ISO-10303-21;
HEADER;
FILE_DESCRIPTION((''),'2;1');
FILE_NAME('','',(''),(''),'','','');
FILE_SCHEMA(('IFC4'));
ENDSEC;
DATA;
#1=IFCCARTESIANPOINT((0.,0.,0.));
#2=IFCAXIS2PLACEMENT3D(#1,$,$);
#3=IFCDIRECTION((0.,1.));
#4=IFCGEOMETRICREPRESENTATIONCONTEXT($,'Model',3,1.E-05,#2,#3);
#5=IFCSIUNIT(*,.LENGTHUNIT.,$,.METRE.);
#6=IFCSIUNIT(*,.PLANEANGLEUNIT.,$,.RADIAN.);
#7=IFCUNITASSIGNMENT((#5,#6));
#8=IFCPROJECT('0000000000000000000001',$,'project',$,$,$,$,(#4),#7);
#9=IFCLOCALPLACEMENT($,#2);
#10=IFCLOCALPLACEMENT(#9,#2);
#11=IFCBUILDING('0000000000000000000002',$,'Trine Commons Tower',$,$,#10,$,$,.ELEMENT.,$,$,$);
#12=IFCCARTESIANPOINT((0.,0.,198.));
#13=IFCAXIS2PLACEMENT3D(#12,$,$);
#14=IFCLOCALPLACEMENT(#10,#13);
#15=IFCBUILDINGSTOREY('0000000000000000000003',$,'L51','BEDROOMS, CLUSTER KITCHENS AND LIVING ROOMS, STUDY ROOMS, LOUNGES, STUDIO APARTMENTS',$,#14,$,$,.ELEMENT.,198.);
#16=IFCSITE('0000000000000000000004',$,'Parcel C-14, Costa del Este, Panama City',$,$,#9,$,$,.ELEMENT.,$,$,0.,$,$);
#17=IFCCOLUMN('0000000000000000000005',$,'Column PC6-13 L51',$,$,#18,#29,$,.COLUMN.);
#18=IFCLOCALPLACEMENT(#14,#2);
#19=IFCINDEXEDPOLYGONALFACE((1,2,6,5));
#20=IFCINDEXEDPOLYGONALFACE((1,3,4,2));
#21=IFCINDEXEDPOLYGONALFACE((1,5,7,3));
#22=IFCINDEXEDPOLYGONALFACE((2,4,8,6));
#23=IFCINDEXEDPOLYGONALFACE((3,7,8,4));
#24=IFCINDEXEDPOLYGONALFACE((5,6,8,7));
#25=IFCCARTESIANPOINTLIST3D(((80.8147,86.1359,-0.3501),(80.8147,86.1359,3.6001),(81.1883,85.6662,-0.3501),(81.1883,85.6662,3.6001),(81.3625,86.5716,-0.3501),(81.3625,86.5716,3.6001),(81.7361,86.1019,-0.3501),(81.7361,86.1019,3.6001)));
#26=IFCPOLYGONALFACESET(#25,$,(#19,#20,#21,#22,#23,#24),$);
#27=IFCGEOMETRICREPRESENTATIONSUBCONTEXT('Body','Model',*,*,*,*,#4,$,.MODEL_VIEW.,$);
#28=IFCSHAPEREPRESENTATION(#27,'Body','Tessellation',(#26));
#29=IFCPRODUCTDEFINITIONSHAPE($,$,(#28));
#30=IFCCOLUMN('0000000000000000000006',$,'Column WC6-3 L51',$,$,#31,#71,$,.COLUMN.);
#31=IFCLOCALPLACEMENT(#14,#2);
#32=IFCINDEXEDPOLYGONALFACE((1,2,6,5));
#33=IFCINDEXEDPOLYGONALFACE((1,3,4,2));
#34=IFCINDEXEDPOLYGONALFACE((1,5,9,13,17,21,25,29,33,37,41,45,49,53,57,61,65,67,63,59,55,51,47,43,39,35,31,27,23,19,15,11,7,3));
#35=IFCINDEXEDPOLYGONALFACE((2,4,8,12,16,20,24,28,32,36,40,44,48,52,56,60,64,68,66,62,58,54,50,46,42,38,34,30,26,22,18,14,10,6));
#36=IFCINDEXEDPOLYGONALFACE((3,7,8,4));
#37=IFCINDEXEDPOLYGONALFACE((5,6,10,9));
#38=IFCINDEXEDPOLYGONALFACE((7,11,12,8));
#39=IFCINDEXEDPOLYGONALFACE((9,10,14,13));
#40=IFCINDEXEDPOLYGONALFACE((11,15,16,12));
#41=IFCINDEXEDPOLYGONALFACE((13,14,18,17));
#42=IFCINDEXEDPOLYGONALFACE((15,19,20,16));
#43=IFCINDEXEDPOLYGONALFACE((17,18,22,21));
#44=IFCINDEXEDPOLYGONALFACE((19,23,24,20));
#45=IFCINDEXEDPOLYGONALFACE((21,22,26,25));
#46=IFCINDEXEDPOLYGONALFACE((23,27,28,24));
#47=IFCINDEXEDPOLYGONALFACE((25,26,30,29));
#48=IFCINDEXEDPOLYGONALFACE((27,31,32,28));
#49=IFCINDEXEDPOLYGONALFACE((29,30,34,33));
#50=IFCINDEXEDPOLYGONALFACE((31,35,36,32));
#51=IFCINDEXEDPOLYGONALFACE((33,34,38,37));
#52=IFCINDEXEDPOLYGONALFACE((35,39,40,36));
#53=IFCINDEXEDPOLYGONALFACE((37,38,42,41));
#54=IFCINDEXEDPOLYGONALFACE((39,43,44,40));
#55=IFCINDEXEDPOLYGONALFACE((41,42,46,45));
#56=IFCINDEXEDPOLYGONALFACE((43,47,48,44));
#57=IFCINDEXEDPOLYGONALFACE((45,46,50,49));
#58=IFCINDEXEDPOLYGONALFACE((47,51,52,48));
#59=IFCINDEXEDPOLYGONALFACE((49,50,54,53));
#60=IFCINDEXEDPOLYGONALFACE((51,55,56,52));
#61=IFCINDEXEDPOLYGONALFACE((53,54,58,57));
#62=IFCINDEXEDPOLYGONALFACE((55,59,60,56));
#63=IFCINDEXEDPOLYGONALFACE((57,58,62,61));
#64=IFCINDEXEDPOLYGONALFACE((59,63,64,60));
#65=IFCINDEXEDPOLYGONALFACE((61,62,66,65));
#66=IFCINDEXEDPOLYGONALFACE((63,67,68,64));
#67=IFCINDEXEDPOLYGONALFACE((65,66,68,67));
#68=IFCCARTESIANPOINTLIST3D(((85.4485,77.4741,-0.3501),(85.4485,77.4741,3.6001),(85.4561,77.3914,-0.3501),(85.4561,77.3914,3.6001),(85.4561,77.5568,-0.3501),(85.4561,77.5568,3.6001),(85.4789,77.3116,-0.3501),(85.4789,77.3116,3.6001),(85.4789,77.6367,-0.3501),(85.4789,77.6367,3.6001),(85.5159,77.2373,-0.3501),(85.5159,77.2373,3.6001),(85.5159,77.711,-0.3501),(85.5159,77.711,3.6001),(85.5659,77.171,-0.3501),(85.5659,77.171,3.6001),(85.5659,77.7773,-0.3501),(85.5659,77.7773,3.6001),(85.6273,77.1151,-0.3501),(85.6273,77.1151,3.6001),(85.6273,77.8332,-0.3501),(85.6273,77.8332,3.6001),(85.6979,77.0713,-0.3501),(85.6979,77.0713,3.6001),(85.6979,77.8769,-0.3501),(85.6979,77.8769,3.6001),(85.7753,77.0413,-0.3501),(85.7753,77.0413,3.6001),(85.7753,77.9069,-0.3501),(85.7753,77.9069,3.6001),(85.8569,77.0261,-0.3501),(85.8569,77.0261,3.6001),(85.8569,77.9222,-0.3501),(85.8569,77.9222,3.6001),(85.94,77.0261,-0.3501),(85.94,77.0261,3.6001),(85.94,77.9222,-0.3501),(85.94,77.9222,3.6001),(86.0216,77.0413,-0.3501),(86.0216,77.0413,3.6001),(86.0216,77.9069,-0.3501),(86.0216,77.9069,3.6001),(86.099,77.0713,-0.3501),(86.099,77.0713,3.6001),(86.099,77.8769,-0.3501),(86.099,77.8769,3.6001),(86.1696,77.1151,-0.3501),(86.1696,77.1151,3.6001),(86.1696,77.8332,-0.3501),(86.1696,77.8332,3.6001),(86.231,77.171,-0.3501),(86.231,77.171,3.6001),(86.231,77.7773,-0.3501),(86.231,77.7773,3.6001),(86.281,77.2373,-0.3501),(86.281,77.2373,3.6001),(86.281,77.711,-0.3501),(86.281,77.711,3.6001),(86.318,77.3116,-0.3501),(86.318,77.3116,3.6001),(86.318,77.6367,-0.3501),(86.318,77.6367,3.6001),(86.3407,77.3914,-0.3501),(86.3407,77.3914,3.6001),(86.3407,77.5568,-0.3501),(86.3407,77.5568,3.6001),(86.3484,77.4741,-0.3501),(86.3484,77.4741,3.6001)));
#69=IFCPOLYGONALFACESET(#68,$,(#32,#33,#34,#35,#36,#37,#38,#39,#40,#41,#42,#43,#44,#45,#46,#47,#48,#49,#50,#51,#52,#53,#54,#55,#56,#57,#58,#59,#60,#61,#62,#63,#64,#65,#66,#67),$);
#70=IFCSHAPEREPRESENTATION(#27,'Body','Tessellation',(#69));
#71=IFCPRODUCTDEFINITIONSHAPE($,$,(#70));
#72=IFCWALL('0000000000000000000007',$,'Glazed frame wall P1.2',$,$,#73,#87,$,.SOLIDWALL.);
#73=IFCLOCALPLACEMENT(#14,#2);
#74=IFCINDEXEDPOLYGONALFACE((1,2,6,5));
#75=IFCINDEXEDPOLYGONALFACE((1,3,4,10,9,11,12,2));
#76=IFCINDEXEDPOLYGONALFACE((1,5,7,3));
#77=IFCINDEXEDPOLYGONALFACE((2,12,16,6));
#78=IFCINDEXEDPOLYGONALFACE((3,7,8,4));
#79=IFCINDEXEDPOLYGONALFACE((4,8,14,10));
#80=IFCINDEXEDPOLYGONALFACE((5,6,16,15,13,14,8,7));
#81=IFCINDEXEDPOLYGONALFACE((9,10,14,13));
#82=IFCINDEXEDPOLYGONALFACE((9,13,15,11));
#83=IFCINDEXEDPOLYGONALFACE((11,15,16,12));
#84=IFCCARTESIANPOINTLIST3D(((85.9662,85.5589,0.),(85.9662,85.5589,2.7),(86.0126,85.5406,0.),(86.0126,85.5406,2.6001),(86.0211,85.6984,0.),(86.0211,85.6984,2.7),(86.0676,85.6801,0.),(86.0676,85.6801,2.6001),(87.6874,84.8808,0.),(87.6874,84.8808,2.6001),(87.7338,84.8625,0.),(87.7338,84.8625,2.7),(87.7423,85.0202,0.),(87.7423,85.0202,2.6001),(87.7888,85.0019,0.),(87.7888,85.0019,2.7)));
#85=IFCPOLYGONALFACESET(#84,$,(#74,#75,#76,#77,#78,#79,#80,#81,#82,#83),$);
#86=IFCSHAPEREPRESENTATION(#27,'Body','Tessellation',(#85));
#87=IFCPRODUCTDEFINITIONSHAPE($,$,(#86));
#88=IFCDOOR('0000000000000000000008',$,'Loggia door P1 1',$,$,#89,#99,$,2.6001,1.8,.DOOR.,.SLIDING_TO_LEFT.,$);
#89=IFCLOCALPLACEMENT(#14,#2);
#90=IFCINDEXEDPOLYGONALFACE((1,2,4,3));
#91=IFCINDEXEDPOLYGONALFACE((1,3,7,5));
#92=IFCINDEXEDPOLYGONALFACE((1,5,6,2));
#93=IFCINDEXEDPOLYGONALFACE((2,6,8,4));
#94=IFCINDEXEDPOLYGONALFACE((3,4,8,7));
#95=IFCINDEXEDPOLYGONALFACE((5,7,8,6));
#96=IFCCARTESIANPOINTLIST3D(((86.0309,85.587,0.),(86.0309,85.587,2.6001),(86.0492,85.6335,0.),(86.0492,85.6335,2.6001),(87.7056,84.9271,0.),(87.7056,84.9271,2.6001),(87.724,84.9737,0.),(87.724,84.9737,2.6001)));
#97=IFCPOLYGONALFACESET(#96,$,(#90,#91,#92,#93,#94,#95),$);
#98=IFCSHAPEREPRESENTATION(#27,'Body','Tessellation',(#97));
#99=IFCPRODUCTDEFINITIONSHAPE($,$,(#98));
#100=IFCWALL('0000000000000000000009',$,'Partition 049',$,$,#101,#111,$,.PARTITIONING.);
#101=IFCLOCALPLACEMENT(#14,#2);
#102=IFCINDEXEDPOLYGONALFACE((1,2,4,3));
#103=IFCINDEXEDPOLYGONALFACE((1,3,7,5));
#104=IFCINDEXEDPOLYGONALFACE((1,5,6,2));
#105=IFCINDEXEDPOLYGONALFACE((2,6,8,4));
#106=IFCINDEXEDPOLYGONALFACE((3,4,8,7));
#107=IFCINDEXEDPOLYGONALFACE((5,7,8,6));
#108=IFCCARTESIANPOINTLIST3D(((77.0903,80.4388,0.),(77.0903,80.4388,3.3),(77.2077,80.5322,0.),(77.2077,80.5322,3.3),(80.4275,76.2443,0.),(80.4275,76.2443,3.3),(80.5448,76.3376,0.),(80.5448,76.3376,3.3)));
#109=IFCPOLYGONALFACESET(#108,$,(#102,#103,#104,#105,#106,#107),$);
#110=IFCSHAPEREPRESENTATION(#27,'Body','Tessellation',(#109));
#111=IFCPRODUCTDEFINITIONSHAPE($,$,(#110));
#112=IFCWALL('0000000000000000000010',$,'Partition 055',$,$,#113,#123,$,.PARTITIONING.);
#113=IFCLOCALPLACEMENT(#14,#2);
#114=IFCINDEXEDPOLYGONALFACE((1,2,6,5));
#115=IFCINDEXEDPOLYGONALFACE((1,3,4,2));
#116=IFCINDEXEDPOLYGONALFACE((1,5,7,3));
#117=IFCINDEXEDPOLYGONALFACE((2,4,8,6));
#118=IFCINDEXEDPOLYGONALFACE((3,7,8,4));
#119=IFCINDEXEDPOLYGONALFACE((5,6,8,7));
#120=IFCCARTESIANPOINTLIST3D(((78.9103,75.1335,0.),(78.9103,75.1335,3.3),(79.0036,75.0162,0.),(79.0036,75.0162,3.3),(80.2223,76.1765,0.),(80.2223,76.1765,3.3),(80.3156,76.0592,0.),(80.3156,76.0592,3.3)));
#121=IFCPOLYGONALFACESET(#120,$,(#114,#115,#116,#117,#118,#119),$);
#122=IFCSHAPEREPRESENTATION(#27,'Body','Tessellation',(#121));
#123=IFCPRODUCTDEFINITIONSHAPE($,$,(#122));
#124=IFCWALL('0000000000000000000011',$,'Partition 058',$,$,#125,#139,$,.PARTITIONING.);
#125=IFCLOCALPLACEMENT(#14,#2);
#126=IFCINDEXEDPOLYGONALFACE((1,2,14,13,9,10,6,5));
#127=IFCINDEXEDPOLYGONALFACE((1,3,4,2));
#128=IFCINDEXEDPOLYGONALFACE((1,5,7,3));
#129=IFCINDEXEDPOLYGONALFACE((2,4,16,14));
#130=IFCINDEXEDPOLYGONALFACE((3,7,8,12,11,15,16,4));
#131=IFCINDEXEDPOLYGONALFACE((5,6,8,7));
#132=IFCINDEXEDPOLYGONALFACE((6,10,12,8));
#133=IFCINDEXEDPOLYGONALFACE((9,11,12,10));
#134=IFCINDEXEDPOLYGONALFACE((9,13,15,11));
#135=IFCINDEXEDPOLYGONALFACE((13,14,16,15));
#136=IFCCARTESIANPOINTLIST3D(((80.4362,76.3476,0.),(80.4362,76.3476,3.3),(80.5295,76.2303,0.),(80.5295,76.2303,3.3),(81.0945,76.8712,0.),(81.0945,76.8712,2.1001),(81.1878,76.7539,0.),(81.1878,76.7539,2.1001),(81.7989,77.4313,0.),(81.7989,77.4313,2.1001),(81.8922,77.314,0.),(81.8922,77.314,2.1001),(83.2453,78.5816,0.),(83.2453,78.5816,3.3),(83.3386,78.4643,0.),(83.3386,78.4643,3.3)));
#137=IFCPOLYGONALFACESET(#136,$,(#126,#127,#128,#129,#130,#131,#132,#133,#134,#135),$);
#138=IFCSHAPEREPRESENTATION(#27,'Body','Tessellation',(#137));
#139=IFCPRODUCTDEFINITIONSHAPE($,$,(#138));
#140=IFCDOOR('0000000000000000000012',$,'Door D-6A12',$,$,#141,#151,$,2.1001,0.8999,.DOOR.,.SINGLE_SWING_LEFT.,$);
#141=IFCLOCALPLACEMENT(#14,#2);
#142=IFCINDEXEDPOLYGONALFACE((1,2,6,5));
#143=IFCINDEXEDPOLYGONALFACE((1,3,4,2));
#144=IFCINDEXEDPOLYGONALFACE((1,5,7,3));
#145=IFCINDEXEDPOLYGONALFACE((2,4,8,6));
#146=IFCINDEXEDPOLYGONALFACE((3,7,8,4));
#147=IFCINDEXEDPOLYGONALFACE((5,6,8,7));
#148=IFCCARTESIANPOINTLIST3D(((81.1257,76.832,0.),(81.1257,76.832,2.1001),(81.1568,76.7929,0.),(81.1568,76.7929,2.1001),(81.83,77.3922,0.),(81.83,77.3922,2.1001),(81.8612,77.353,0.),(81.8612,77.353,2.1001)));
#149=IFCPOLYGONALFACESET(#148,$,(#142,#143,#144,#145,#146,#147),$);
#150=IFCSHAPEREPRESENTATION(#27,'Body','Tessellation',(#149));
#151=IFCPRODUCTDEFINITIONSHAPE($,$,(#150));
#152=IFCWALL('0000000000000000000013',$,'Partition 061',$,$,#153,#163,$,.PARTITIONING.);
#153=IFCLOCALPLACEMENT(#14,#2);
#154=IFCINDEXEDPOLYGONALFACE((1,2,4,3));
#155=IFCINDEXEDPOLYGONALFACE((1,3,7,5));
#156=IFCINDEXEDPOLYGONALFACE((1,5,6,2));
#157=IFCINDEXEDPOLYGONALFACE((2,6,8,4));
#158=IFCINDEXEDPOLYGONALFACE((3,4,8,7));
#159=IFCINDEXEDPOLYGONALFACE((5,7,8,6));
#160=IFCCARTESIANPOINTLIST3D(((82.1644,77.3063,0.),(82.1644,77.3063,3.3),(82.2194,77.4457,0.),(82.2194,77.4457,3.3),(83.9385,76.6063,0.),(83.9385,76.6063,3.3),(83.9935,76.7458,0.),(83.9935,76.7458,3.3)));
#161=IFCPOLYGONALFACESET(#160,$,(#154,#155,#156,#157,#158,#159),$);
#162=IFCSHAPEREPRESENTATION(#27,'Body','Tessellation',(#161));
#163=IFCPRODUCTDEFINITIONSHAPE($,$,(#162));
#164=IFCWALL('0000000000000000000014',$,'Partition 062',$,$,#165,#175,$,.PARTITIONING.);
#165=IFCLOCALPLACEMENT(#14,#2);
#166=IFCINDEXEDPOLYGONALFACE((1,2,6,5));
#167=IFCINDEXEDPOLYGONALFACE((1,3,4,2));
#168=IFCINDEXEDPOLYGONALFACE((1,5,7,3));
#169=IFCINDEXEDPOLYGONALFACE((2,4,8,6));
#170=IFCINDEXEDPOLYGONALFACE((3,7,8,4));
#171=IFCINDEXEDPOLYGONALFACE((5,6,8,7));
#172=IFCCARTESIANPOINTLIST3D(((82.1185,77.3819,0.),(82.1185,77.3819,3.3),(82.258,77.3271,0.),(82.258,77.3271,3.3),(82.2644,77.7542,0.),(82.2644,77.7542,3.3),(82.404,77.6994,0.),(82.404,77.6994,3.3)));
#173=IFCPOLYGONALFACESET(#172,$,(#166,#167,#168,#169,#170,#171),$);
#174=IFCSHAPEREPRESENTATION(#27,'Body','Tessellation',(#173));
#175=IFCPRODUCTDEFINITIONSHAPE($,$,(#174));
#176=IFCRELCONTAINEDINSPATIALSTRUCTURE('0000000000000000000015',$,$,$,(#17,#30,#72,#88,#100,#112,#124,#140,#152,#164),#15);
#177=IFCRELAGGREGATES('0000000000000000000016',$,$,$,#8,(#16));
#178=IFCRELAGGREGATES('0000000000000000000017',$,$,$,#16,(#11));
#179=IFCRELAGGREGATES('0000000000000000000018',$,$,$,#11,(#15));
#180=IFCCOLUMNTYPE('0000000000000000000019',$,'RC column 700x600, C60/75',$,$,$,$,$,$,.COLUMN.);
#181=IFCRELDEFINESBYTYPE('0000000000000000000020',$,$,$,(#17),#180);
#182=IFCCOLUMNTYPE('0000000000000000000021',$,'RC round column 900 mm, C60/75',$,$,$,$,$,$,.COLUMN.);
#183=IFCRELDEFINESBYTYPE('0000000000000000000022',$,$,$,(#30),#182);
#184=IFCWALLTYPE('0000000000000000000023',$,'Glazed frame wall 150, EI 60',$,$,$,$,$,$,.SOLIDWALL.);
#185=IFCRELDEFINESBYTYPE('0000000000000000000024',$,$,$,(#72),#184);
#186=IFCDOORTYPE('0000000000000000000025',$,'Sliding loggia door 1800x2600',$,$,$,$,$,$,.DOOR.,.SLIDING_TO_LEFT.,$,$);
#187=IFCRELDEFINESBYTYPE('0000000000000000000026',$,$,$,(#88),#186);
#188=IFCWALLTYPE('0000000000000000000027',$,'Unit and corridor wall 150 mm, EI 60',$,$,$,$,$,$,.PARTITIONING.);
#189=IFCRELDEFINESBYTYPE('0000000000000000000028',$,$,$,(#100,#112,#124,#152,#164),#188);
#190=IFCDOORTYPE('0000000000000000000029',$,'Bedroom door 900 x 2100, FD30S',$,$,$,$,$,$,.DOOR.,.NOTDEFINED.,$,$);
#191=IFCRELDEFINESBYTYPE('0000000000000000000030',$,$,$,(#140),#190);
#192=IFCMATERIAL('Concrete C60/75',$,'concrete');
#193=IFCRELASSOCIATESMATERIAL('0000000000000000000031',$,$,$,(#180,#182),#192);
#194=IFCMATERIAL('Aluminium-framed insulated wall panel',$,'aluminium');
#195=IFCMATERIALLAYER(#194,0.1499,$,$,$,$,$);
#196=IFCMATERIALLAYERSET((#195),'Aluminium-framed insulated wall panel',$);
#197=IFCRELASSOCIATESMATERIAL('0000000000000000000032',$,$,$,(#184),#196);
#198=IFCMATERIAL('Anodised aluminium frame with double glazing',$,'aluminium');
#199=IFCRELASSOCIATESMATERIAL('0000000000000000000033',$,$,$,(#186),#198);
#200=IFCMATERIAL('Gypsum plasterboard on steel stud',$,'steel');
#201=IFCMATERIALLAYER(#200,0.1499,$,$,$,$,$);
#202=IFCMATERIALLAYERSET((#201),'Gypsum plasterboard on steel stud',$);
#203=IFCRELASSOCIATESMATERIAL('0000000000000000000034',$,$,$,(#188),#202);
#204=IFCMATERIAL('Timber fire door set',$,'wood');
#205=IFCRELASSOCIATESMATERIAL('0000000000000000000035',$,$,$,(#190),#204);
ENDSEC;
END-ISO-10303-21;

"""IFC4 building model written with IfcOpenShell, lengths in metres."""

from ifc_helpers import new_model, si_unit, direction, frame, frame_2d, origin, origin_2d, place, context, subcontext, project, spatial, polyline, rectangle, circle, outline, extrude, material, layer, layer_set, material_profile, profile_set, type_object, element, fill, save


model = new_model("IFC4")

# Units and contexts
model_context = context("Model", 3, precision=1e-05, world=origin(), true_north=direction((0.0, 1.0)))
body_context = subcontext(model_context, "Body", "Model", "MODEL_VIEW")
ifc_project = project(units=[si_unit("LENGTHUNIT", "METRE"), si_unit("PLANEANGLEUNIT", "RADIAN")], contexts=[model_context])

# Site, building, storey
site_placement = place(None, origin())
site = spatial("IfcSite", under=ifc_project, at=site_placement, Name="Parcel C-14, Costa del Este, Panama City", CompositionType="ELEMENT", RefElevation=0.0)
building_placement = place(site_placement, origin())
building = spatial("IfcBuilding", under=site, at=building_placement, Name="Trine Commons Tower", CompositionType="ELEMENT")
storey_placement = place(building_placement, frame((0.0, 0.0, 198.0)))
storey = spatial("IfcBuildingStorey", under=building, at=storey_placement, Name="L51", Description="BEDROOMS, CLUSTER KITCHENS AND LIVING ROOMS, STUDY ROOMS, LOUNGES, STUDIO APARTMENTS", CompositionType="ELEMENT", Elevation=198.0)

# Columns
ifc_material_1 = material(Name="Concrete C60/75", Category="concrete")
ifc_material_profile_1 = material_profile(ifc_material_1, rectangle(XDim=0.7, YDim=0.6001, at=origin_2d()), Name="RC 700x600")
ifc_profile_set_1 = profile_set([ifc_material_profile_1], Name="Concrete C60/75")
column_type_1 = type_object("IfcColumnType", Name="RC column 700x600, C60/75", PredefinedType="COLUMN", material=ifc_profile_set_1)
column_1_placement = place(storey_placement, frame((81.2754, 86.1189, -0.3501), z_axis=(0.0, 0.0, 1.0), x_axis=(0.782608, 0.622515, 0.0)))
element("IfcColumn", 1, at=column_1_placement, inside=storey, type_object=column_type_1, Name="Column PC6-13 L51", PredefinedType="COLUMN", context=body_context, shape_type="SweptSolid", body=[
    extrude(rectangle(XDim=0.7, YDim=0.6001, at=origin_2d()), origin(), (0.0, 0.0, 1.0), 3.9502),
])
ifc_material_profile_2 = material_profile(ifc_material_1, circle(Radius=0.45, at=origin_2d()), Name="RC round 900")
ifc_profile_set_2 = profile_set([ifc_material_profile_2], Name="Concrete C60/75")
column_type_2 = type_object("IfcColumnType", Name="RC round column 900 mm, C60/75", PredefinedType="COLUMN", material=ifc_profile_set_2)
column_2_placement = place(storey_placement, frame((85.8984, 77.4741, -0.3501), z_axis=(0.0, 0.0, 1.0), x_axis=(1.0, 0.0, 0.0)))
element("IfcColumn", 2, at=column_2_placement, inside=storey, type_object=column_type_2, Name="Column WC6-3 L51", PredefinedType="COLUMN", context=body_context, shape_type="SweptSolid", body=[
    extrude(circle(Radius=0.45, at=origin_2d()), origin(), (0.0, 0.0, 1.0), 3.9502),
])

# Shared definitions
ifc_material_2 = material(Name="Aluminium-framed insulated wall panel", Category="aluminium")
ifc_layer_1 = layer(ifc_material_2, 0.1499)
ifc_layer_set_1 = layer_set([ifc_layer_1], Name="Aluminium-framed insulated wall panel")
wall_type_1 = type_object("IfcWallType", Name="Glazed frame wall 150, EI 60", PredefinedType="SOLIDWALL", material=ifc_layer_set_1)

# Wall, opening, door
wall_1_placement = place(storey_placement, frame((85.9937, 85.6287, 0.0), z_axis=(0.0, 0.0, 1.0), x_axis=(0.930387, -0.366578, 0.0)))
wall_1 = element("IfcWall", 3, at=wall_1_placement, inside=storey, type_object=wall_type_1, Name="Glazed frame wall P1.2", PredefinedType="SOLIDWALL", context=body_context, shape_type="SweptSolid", body=[
    extrude(outline(polyline([(0.0, -0.075), (1.8999, -0.075), (1.8999, 0.075), (0.0, 0.075), (0.0, -0.075)])), origin(), (0.0, 0.0, 1.0), 2.7),
])
opening_1_placement = place(wall_1_placement, frame((0.05, 0.0, 0.0)))
opening_1 = element("IfcOpeningElement", 4, at=opening_1_placement, cuts=wall_1, PredefinedType="OPENING", context=body_context, shape_type="SweptSolid", body=[
    extrude(rectangle(XDim=1.8, YDim=2.6001, at=frame_2d((0.8999, 1.3))), frame((0.0, 0.085, 0.0), z_axis=(0.0, -1.0, 0.0), x_axis=(1.0, 0.0, 0.0)), (0.0, 0.0, 1.0), 0.1699),
])
ifc_material_3 = material(Name="Anodised aluminium frame with double glazing", Category="aluminium")
door_type_1 = type_object("IfcDoorType", Name="Sliding loggia door 1800x2600", OperationType="SLIDING_TO_LEFT", PredefinedType="DOOR", material=ifc_material_3)
door_1_placement = place(opening_1_placement, origin())
door_1 = element("IfcDoor", 5, at=door_1_placement, inside=storey, type_object=door_type_1, Name="Loggia door P1 1", OperationType="SLIDING_TO_LEFT", OverallHeight=2.6001, OverallWidth=1.8, PredefinedType="DOOR", context=body_context, shape_type="SweptSolid", body=[
    extrude(rectangle(XDim=1.8, YDim=2.6001, at=frame_2d((0.8999, 1.3))), frame((0.0, 0.0249, 0.0), z_axis=(0.0, -1.0, 0.0), x_axis=(1.0, 0.0, 0.0)), (0.0, 0.0, 1.0), 0.05),
])
fill(opening_1, door_1)

# Walls
ifc_material_4 = material(Name="Gypsum plasterboard on steel stud", Category="steel")
ifc_layer_2 = layer(ifc_material_4, 0.1499)
ifc_layer_set_2 = layer_set([ifc_layer_2], Name="Gypsum plasterboard on steel stud")
wall_type_2 = type_object("IfcWallType", Name="Unit and corridor wall 150 mm, EI 60", PredefinedType="PARTITIONING", material=ifc_layer_set_2)
wall_2_placement = place(storey_placement, frame((77.1489, 80.4856, 0.0), z_axis=(0.0, 0.0, 1.0), x_axis=(0.622588, -0.78255, 0.0)))
element("IfcWall", 6, at=wall_2_placement, inside=storey, type_object=wall_type_2, Name="Partition 049", PredefinedType="PARTITIONING", context=body_context, shape_type="SweptSolid", body=[
    extrude(rectangle(XDim=5.3601, YDim=0.1499, at=frame_2d((2.6802, 0.0))), origin(), (0.0, 0.0, 1.0), 3.3),
])
wall_3_placement = place(storey_placement, frame((78.957, 75.075, 0.0), z_axis=(0.0, 0.0, 1.0), x_axis=(0.782798, 0.622276, 0.0)))
element("IfcWall", 7, at=wall_3_placement, inside=storey, type_object=wall_type_2, Name="Partition 055", PredefinedType="PARTITIONING", context=body_context, shape_type="SweptSolid", body=[
    extrude(rectangle(XDim=1.676, YDim=0.1499, at=frame_2d((0.8379, 0.0))), origin(), (0.0, 0.0, 1.0), 3.3),
])

# Wall, opening, door
wall_4_placement = place(storey_placement, frame((80.4829, 76.2891, 0.0), z_axis=(0.0, 0.0, 1.0), x_axis=(0.782684, 0.622419, 0.0)))
wall_4 = element("IfcWall", 8, at=wall_4_placement, inside=storey, type_object=wall_type_2, Name="Partition 058", PredefinedType="PARTITIONING", context=body_context, shape_type="SweptSolid", body=[
    extrude(rectangle(XDim=3.5891, YDim=0.1499, at=frame_2d((1.7944, 0.0))), origin(), (0.0, 0.0, 1.0), 3.3),
])
opening_2_placement = place(wall_4_placement, frame((0.8411, 0.0, 0.0)))
opening_2 = element("IfcOpeningElement", 9, at=opening_2_placement, cuts=wall_4, PredefinedType="OPENING", context=body_context, shape_type="SweptSolid", body=[
    extrude(rectangle(XDim=0.8999, YDim=2.1001, at=frame_2d((0.45, 1.05))), frame((0.0, 0.085, 0.0), z_axis=(0.0, -1.0, 0.0), x_axis=(1.0, 0.0, 0.0)), (0.0, 0.0, 1.0), 0.1699),
])
ifc_material_5 = material(Name="Timber fire door set", Category="wood")
door_type_2 = type_object("IfcDoorType", Name="Bedroom door 900 x 2100, FD30S", OperationType="NOTDEFINED", PredefinedType="DOOR", material=ifc_material_5)
door_2_placement = place(opening_2_placement, origin())
door_2 = element("IfcDoor", 10, at=door_2_placement, inside=storey, type_object=door_type_2, Name="Door D-6A12", OperationType="SINGLE_SWING_LEFT", OverallHeight=2.1001, OverallWidth=0.8999, PredefinedType="DOOR", context=body_context, shape_type="SweptSolid", body=[
    extrude(rectangle(XDim=0.8999, YDim=2.1001, at=frame_2d((0.45, 1.05))), frame((0.0, 0.0249, 0.0), z_axis=(0.0, -1.0, 0.0), x_axis=(1.0, 0.0, 0.0)), (0.0, 0.0, 1.0), 0.05),
])
fill(opening_2, door_2)

# Walls
wall_5_placement = place(storey_placement, frame((82.1919, 77.376, 0.0), z_axis=(0.0, 0.0, 1.0), x_axis=(0.930223, -0.366995, 0.0)))
element("IfcWall", 11, at=wall_5_placement, inside=storey, type_object=wall_type_2, Name="Partition 061", PredefinedType="PARTITIONING", context=body_context, shape_type="SweptSolid", body=[
    extrude(rectangle(XDim=1.9072, YDim=0.1499, at=frame_2d((0.9536, 0.0))), origin(), (0.0, 0.0, 1.0), 3.3),
])
wall_6_placement = place(storey_placement, frame((82.1882, 77.3545, 0.0), z_axis=(0.0, 0.0, 1.0), x_axis=(0.365067, 0.930981, 0.0)))
element("IfcWall", 12, at=wall_6_placement, inside=storey, type_object=wall_type_2, Name="Partition 062", PredefinedType="PARTITIONING", context=body_context, shape_type="SweptSolid", body=[
    extrude(rectangle(XDim=0.3999, YDim=0.1499, at=frame_2d((0.2, 0.0))), origin(), (0.0, 0.0, 1.0), 3.3),
])

save(model, "model.ifc")
